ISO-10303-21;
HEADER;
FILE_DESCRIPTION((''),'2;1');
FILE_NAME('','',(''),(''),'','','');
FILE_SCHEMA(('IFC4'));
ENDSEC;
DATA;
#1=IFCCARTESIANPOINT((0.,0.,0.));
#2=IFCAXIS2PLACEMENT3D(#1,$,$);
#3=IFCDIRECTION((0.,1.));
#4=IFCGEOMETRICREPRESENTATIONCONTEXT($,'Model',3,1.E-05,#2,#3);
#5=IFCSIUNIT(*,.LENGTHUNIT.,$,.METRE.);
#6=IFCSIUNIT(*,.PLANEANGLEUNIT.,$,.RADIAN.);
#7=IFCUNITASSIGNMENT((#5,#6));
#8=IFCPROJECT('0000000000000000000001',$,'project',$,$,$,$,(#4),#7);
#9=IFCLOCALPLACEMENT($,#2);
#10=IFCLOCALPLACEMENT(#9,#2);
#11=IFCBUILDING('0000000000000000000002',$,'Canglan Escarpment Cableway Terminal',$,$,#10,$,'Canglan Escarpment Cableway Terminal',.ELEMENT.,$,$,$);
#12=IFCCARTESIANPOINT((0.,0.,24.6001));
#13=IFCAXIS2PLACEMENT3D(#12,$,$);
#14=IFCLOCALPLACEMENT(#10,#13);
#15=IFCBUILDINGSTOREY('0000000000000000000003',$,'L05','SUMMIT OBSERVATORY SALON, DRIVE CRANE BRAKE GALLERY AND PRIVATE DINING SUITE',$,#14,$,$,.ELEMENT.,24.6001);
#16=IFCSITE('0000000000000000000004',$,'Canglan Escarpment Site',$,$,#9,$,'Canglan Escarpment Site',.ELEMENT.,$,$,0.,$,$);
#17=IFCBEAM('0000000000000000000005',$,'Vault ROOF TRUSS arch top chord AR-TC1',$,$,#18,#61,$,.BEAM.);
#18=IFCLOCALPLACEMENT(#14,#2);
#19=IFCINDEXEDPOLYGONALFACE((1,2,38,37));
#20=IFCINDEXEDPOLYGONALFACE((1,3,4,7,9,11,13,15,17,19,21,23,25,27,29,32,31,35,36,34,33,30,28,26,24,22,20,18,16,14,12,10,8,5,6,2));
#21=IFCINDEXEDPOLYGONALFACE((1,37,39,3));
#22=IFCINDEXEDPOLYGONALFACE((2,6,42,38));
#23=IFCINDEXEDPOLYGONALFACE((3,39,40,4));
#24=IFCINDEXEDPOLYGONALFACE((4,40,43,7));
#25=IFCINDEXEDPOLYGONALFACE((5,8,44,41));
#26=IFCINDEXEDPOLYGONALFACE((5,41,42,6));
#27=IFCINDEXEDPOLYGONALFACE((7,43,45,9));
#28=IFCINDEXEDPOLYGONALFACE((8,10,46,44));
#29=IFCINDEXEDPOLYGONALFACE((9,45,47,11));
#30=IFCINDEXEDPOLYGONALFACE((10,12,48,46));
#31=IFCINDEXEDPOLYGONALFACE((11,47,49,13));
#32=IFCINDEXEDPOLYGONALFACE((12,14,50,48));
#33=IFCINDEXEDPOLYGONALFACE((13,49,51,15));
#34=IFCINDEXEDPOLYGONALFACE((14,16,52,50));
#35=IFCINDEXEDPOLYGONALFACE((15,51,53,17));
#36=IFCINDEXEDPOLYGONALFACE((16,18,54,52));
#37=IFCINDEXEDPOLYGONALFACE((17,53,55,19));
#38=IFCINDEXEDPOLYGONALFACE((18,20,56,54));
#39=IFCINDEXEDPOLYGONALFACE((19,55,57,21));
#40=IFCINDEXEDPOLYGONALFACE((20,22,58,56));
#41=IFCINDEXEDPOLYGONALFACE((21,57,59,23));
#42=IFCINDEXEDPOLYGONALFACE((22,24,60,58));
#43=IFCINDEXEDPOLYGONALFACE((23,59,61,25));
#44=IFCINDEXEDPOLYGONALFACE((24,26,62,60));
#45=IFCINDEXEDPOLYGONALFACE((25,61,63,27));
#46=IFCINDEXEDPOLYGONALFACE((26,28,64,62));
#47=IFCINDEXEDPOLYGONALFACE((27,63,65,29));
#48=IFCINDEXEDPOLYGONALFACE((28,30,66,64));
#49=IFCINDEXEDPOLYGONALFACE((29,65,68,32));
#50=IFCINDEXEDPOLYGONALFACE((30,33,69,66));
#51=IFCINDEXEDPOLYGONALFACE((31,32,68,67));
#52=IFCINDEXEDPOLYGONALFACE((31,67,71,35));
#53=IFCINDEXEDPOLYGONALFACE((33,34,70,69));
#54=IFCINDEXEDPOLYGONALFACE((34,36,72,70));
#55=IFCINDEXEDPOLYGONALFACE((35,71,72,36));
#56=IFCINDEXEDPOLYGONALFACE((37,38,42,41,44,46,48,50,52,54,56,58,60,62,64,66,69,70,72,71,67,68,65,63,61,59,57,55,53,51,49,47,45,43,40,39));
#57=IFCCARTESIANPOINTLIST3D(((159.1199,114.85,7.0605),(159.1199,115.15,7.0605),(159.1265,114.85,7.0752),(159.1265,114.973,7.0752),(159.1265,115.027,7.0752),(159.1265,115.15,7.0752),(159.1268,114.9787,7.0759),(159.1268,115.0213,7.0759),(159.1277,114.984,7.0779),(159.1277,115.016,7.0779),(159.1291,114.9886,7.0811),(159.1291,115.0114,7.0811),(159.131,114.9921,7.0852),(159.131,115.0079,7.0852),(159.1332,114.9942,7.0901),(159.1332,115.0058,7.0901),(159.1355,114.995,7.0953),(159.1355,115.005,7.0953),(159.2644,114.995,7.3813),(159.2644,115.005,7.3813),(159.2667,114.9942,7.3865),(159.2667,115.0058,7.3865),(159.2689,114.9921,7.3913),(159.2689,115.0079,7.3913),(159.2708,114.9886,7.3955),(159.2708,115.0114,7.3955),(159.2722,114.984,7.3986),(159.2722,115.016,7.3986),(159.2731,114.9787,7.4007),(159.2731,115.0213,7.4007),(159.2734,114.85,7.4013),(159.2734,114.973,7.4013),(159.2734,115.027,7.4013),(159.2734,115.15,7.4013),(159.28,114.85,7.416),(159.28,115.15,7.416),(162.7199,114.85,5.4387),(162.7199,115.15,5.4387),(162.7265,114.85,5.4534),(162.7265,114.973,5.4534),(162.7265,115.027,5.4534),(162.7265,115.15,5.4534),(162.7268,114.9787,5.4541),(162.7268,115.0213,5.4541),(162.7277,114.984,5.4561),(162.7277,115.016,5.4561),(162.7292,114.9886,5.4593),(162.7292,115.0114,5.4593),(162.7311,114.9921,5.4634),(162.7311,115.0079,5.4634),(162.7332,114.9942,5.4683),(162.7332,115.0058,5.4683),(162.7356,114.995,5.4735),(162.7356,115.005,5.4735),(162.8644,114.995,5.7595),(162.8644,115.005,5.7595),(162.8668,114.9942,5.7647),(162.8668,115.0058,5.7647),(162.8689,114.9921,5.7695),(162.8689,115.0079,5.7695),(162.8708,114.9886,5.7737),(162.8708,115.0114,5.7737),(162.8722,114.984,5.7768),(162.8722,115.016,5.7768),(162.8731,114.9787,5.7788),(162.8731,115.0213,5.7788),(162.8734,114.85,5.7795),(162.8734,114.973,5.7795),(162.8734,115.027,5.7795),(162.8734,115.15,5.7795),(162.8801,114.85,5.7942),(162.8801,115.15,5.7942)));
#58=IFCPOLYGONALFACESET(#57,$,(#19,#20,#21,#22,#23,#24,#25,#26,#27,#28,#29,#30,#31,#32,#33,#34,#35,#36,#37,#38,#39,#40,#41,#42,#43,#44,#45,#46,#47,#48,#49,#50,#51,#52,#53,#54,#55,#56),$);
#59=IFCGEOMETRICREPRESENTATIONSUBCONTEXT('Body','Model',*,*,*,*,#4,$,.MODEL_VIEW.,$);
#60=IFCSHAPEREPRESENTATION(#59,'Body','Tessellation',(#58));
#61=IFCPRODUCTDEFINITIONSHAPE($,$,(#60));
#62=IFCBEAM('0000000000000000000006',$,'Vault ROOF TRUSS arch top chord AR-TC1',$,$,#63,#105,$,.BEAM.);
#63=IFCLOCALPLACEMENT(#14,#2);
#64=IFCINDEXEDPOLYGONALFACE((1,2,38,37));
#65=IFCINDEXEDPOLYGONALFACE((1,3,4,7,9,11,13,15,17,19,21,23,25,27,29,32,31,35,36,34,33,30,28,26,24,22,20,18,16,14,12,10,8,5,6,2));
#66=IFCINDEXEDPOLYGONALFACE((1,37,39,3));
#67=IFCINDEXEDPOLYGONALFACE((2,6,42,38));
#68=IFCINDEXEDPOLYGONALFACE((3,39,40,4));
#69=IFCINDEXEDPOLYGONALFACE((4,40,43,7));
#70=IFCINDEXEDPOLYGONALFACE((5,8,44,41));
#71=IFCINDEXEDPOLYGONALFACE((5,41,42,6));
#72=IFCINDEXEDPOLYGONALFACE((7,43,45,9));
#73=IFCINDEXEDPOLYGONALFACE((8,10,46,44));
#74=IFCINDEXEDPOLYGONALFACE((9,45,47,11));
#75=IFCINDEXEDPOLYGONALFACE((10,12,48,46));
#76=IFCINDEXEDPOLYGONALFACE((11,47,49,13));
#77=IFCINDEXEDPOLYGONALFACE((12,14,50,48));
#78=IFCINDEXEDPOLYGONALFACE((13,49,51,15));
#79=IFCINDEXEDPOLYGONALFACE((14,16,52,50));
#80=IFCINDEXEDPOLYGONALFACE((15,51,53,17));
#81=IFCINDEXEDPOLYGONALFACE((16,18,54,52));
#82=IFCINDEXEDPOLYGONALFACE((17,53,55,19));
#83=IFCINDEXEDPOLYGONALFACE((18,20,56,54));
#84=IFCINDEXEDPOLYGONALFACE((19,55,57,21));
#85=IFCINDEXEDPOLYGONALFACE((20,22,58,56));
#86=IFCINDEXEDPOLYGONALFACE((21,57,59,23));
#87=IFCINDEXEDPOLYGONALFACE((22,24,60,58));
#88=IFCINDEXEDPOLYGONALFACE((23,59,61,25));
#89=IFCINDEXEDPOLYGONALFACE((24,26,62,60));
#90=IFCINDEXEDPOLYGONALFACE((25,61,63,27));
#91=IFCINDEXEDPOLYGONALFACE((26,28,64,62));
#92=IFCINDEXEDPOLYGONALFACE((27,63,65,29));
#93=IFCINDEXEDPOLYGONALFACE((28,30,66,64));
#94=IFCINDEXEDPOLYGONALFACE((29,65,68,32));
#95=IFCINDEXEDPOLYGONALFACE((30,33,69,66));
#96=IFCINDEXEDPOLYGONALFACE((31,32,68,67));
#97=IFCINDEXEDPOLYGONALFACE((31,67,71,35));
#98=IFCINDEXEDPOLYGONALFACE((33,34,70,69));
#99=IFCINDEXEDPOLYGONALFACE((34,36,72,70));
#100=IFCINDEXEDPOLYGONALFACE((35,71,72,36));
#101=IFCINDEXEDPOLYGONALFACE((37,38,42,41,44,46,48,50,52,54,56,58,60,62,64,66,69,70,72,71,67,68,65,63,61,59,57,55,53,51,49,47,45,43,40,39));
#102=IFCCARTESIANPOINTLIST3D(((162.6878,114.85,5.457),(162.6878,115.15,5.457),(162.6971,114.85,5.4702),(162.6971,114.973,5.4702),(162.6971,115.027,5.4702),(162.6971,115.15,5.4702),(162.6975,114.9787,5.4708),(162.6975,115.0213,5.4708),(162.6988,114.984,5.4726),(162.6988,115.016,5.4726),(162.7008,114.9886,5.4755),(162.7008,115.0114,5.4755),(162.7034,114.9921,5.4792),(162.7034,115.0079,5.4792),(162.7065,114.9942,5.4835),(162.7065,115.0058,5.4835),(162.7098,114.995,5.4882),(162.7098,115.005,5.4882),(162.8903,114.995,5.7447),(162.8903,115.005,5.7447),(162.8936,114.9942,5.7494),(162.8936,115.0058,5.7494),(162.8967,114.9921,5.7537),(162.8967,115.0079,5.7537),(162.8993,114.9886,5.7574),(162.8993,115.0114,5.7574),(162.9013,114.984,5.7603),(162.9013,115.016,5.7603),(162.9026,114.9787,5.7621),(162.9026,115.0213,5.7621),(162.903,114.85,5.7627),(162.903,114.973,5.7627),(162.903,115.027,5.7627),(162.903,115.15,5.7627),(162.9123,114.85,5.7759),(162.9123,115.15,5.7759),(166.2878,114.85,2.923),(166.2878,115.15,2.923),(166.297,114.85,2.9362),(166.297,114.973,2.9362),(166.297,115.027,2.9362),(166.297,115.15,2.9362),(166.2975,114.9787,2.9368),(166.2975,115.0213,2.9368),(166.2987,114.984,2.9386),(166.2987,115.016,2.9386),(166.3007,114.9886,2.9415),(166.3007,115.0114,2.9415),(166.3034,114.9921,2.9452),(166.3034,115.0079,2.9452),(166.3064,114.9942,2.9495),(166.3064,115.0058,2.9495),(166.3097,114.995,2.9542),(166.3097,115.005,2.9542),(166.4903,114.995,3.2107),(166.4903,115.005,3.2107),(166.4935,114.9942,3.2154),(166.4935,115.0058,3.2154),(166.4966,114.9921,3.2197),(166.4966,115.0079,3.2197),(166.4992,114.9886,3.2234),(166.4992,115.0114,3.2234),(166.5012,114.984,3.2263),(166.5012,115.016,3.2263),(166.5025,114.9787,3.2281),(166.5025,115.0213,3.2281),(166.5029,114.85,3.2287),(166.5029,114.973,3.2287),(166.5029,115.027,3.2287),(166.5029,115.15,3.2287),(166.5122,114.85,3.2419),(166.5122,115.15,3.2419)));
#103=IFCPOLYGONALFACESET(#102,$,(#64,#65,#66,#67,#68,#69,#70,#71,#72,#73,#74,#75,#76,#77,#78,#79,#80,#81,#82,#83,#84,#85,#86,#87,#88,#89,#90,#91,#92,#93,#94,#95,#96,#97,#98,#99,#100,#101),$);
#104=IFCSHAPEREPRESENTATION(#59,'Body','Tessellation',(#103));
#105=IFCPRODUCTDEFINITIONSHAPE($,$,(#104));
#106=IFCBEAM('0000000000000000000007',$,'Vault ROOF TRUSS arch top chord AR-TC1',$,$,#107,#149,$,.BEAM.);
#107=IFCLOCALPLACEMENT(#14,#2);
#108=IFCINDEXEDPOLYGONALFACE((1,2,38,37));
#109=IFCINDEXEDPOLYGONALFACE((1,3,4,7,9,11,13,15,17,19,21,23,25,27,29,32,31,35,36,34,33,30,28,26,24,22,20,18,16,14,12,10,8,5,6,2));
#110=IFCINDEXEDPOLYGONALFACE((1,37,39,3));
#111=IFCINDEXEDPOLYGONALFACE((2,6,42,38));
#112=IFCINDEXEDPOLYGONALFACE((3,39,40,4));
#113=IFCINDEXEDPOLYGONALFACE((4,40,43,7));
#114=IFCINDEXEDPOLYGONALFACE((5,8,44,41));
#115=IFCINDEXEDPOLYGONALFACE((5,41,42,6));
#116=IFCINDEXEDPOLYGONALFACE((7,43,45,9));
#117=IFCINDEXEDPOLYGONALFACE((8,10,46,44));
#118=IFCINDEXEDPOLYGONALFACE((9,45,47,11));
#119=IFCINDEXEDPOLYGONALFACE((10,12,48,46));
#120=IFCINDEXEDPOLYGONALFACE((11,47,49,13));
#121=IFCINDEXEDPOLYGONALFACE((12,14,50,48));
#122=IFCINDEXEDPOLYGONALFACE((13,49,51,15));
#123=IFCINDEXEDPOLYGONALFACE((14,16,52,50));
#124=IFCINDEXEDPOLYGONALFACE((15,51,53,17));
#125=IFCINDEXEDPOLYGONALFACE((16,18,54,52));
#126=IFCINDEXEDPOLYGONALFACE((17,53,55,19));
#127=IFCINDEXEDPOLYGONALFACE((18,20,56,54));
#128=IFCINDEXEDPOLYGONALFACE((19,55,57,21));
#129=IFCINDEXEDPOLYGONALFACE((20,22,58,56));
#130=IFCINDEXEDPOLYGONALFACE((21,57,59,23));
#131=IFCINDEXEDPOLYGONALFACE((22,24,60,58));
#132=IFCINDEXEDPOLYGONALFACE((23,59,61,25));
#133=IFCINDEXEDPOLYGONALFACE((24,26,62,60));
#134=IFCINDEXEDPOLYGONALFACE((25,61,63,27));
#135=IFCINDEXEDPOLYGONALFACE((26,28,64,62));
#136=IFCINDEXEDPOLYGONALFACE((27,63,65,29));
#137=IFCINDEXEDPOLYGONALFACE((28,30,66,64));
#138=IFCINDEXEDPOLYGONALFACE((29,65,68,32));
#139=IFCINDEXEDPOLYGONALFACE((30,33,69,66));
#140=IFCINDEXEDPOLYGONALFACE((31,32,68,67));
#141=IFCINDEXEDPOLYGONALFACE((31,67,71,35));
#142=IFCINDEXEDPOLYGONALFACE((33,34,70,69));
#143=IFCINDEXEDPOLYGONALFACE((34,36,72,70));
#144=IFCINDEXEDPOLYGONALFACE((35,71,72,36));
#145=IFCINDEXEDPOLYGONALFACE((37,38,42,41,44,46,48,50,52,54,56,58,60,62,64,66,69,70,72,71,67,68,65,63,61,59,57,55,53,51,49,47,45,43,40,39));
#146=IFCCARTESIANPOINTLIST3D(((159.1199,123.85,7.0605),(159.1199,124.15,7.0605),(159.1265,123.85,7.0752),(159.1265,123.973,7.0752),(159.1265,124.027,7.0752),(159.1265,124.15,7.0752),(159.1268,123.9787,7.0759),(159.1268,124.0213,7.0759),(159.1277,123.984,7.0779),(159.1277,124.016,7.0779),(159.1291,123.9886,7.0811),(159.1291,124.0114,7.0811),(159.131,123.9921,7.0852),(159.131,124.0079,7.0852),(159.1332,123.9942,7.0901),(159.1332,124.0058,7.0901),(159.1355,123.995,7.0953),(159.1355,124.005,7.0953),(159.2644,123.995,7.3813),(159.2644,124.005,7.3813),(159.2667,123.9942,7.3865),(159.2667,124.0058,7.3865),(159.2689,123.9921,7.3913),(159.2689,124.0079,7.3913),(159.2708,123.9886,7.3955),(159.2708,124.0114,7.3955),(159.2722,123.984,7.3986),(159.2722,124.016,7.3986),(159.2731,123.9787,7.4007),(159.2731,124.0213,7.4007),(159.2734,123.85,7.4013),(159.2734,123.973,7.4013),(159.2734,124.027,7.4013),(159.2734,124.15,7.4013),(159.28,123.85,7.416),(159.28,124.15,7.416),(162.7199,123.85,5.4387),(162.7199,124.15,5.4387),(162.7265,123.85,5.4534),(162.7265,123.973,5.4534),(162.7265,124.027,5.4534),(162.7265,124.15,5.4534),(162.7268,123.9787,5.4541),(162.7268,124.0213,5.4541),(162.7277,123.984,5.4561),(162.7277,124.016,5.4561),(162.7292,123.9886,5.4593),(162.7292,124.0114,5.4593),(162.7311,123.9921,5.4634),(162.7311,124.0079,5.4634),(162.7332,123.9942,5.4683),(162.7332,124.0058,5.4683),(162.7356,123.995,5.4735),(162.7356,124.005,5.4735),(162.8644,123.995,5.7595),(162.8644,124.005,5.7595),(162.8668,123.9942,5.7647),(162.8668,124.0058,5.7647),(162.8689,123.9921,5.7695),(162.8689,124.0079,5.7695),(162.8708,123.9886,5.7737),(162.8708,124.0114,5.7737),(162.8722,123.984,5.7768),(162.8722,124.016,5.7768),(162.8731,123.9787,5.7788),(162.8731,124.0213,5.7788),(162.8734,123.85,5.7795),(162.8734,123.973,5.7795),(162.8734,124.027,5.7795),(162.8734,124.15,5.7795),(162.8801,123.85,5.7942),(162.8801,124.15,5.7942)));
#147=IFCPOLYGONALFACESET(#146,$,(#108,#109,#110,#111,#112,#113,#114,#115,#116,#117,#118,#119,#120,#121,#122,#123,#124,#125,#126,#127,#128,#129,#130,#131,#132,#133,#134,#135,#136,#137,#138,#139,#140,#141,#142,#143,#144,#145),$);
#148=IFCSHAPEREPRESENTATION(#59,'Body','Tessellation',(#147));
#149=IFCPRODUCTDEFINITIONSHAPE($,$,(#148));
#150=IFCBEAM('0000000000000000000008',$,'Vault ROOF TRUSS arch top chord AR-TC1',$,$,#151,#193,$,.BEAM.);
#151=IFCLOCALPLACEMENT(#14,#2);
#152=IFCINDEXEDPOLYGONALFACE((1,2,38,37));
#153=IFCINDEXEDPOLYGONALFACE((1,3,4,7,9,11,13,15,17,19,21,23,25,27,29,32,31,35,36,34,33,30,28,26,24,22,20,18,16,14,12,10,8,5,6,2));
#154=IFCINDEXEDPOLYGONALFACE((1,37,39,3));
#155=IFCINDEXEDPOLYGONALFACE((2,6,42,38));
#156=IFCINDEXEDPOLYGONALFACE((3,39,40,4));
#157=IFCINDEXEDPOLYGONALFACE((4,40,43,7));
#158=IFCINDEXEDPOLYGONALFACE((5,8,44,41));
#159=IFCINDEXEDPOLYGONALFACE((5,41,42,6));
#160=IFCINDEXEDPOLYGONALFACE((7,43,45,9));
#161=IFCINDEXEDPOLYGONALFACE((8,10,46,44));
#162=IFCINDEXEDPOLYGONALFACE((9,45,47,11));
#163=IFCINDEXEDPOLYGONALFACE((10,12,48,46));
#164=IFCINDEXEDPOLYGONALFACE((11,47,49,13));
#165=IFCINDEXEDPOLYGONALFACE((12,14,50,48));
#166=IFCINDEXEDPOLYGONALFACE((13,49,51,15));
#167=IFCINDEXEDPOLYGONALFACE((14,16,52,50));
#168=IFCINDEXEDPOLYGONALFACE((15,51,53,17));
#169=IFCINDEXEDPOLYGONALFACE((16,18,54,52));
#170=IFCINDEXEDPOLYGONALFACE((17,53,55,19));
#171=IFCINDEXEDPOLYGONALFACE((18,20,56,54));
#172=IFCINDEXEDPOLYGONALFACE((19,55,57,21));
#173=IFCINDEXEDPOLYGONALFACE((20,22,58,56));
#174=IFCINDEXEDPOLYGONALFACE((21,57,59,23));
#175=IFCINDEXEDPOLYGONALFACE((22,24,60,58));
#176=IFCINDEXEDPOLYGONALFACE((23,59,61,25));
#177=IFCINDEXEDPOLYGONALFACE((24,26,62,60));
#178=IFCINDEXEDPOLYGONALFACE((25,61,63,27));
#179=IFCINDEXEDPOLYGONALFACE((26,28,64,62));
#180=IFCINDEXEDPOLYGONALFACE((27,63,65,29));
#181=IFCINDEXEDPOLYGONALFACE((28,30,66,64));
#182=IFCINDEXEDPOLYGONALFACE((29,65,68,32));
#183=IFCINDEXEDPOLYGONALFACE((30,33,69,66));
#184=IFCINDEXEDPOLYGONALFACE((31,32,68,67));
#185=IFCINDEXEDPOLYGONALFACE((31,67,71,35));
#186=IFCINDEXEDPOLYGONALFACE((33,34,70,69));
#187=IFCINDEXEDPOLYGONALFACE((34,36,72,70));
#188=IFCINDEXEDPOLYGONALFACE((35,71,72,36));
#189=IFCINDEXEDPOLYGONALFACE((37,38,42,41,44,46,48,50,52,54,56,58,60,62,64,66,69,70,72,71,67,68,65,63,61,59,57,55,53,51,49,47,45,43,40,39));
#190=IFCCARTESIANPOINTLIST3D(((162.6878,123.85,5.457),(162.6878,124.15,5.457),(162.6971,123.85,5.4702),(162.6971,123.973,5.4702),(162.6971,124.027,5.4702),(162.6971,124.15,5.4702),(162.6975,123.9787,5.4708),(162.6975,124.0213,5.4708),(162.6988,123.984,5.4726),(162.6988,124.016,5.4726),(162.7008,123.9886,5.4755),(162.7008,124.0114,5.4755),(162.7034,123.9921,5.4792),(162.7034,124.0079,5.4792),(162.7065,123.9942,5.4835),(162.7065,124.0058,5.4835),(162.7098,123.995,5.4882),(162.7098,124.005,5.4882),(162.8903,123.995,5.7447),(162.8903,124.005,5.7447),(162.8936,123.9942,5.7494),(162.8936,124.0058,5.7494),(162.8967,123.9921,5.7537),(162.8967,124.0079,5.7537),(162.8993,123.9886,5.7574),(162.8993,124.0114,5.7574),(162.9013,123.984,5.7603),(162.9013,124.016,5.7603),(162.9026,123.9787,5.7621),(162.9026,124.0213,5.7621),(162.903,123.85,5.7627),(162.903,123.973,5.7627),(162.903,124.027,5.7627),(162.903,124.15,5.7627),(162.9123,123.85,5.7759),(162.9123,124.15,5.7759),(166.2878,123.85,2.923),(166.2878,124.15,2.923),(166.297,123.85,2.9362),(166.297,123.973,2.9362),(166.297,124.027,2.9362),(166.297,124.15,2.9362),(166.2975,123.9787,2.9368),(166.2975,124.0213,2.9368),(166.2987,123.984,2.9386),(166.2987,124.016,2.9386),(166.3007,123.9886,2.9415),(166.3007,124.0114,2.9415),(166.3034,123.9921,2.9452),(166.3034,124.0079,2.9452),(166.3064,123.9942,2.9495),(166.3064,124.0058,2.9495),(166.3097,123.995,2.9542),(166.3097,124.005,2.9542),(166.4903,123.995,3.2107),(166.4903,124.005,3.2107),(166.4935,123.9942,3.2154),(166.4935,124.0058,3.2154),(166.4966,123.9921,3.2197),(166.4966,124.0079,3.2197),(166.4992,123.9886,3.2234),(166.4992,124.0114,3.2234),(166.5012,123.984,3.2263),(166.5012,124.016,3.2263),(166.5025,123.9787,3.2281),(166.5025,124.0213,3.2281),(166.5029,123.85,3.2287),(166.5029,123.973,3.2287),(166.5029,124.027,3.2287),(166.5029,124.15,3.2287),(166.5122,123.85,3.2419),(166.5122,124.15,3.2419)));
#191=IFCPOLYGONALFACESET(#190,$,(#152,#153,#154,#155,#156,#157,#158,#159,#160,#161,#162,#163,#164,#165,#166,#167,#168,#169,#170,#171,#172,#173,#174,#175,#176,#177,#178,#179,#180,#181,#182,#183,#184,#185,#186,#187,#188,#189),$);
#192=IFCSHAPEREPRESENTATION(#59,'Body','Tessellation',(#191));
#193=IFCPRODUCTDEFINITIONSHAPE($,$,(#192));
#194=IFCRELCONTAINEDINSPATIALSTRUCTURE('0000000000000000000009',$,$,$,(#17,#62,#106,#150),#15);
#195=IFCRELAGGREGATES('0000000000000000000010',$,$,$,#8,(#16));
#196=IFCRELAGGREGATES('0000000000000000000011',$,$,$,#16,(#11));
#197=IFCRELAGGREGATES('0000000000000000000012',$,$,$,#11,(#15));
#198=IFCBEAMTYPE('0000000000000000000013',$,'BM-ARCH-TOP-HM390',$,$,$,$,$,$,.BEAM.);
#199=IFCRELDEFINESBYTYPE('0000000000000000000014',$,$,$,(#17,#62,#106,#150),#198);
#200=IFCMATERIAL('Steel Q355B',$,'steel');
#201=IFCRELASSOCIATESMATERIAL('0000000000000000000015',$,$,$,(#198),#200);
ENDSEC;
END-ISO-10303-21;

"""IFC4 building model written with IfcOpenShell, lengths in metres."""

from ifc_helpers import new_model, si_unit, direction, frame, origin, origin_2d, place, context, subcontext, project, spatial, i_section, extrude, material, material_profile, profile_set, type_object, element, save


model = new_model("IFC4")

# Units and contexts
model_context = context("Model", 3, precision=1e-05, world=origin(), true_north=direction((0.0, 1.0)))
body_context = subcontext(model_context, "Body", "Model", "MODEL_VIEW")
ifc_project = project(units=[si_unit("LENGTHUNIT", "METRE"), si_unit("PLANEANGLEUNIT", "RADIAN")], contexts=[model_context])

# Site, building, storey
site_placement = place(None, origin())
site = spatial("IfcSite", under=ifc_project, at=site_placement, Name="Canglan Escarpment Site", LongName="Canglan Escarpment Site", CompositionType="ELEMENT", RefElevation=0.0)
building_placement = place(site_placement, origin())
building = spatial("IfcBuilding", under=site, at=building_placement, Name="Canglan Escarpment Cableway Terminal", LongName="Canglan Escarpment Cableway Terminal", CompositionType="ELEMENT")
storey_placement = place(building_placement, frame((0.0, 0.0, 24.6001)))
storey = spatial("IfcBuildingStorey", under=building, at=storey_placement, Name="L05", Description="SUMMIT OBSERVATORY SALON, DRIVE CRANE BRAKE GALLERY AND PRIVATE DINING SUITE", CompositionType="ELEMENT", Elevation=24.6001)

# Beams
ifc_material_1 = material(Name="Steel Q355B", Category="steel")
ifc_material_profile_1 = material_profile(ifc_material_1, i_section(OverallWidth=0.3, OverallDepth=0.3899, WebThickness=0.01, FlangeThickness=0.0161, FilletRadius=0.022, at=origin_2d()), Name="HM 390x300x10x16")
ifc_profile_set_1 = profile_set([ifc_material_profile_1], Name="Steel Q355B")
beam_type = type_object("IfcBeamType", Name="BM-ARCH-TOP-HM390", PredefinedType="BEAM", material=ifc_profile_set_1)
beam_1_placement = place(storey_placement, frame((159.2, 115.0, 7.2383), z_axis=(0.911753, 0.0, -0.41074), x_axis=(0.0, 1.0, 0.0)))
element("IfcBeam", 1, at=beam_1_placement, inside=storey, type_object=beam_type, Name="Vault ROOF TRUSS arch top chord AR-TC1", PredefinedType="BEAM", context=body_context, shape_type="SweptSolid", body=[
    extrude(i_section(OverallWidth=0.3, OverallDepth=0.3899, WebThickness=0.01, FlangeThickness=0.0161, FilletRadius=0.022, at=origin_2d()), origin(), (0.0, 0.0, 1.0), 3.9485),
])
beam_2_placement = place(storey_placement, frame((162.8, 115.0, 5.6165), z_axis=(0.817731, 0.0, -0.575601), x_axis=(0.0, 1.0, 0.0)))
element("IfcBeam", 2, at=beam_2_placement, inside=storey, type_object=beam_type, Name="Vault ROOF TRUSS arch top chord AR-TC1", PredefinedType="BEAM", context=body_context, shape_type="SweptSolid", body=[
    extrude(i_section(OverallWidth=0.3, OverallDepth=0.3899, WebThickness=0.01, FlangeThickness=0.0161, FilletRadius=0.022, at=origin_2d()), origin(), (0.0, 0.0, 1.0), 4.4023),
])
beam_3_placement = place(storey_placement, frame((159.2, 124.0, 7.2383), z_axis=(0.911753, 0.0, -0.41074), x_axis=(0.0, 1.0, 0.0)))
element("IfcBeam", 3, at=beam_3_placement, inside=storey, type_object=beam_type, Name="Vault ROOF TRUSS arch top chord AR-TC1", PredefinedType="BEAM", context=body_context, shape_type="SweptSolid", body=[
    extrude(i_section(OverallWidth=0.3, OverallDepth=0.3899, WebThickness=0.01, FlangeThickness=0.0161, FilletRadius=0.022, at=origin_2d()), origin(), (0.0, 0.0, 1.0), 3.9485),
])
beam_4_placement = place(storey_placement, frame((162.8, 124.0, 5.6165), z_axis=(0.817731, 0.0, -0.575601), x_axis=(0.0, 1.0, 0.0)))
element("IfcBeam", 4, at=beam_4_placement, inside=storey, type_object=beam_type, Name="Vault ROOF TRUSS arch top chord AR-TC1", PredefinedType="BEAM", context=body_context, shape_type="SweptSolid", body=[
    extrude(i_section(OverallWidth=0.3, OverallDepth=0.3899, WebThickness=0.01, FlangeThickness=0.0161, FilletRadius=0.022, at=origin_2d()), origin(), (0.0, 0.0, 1.0), 4.4023),
])

save(model, "model.ifc")
